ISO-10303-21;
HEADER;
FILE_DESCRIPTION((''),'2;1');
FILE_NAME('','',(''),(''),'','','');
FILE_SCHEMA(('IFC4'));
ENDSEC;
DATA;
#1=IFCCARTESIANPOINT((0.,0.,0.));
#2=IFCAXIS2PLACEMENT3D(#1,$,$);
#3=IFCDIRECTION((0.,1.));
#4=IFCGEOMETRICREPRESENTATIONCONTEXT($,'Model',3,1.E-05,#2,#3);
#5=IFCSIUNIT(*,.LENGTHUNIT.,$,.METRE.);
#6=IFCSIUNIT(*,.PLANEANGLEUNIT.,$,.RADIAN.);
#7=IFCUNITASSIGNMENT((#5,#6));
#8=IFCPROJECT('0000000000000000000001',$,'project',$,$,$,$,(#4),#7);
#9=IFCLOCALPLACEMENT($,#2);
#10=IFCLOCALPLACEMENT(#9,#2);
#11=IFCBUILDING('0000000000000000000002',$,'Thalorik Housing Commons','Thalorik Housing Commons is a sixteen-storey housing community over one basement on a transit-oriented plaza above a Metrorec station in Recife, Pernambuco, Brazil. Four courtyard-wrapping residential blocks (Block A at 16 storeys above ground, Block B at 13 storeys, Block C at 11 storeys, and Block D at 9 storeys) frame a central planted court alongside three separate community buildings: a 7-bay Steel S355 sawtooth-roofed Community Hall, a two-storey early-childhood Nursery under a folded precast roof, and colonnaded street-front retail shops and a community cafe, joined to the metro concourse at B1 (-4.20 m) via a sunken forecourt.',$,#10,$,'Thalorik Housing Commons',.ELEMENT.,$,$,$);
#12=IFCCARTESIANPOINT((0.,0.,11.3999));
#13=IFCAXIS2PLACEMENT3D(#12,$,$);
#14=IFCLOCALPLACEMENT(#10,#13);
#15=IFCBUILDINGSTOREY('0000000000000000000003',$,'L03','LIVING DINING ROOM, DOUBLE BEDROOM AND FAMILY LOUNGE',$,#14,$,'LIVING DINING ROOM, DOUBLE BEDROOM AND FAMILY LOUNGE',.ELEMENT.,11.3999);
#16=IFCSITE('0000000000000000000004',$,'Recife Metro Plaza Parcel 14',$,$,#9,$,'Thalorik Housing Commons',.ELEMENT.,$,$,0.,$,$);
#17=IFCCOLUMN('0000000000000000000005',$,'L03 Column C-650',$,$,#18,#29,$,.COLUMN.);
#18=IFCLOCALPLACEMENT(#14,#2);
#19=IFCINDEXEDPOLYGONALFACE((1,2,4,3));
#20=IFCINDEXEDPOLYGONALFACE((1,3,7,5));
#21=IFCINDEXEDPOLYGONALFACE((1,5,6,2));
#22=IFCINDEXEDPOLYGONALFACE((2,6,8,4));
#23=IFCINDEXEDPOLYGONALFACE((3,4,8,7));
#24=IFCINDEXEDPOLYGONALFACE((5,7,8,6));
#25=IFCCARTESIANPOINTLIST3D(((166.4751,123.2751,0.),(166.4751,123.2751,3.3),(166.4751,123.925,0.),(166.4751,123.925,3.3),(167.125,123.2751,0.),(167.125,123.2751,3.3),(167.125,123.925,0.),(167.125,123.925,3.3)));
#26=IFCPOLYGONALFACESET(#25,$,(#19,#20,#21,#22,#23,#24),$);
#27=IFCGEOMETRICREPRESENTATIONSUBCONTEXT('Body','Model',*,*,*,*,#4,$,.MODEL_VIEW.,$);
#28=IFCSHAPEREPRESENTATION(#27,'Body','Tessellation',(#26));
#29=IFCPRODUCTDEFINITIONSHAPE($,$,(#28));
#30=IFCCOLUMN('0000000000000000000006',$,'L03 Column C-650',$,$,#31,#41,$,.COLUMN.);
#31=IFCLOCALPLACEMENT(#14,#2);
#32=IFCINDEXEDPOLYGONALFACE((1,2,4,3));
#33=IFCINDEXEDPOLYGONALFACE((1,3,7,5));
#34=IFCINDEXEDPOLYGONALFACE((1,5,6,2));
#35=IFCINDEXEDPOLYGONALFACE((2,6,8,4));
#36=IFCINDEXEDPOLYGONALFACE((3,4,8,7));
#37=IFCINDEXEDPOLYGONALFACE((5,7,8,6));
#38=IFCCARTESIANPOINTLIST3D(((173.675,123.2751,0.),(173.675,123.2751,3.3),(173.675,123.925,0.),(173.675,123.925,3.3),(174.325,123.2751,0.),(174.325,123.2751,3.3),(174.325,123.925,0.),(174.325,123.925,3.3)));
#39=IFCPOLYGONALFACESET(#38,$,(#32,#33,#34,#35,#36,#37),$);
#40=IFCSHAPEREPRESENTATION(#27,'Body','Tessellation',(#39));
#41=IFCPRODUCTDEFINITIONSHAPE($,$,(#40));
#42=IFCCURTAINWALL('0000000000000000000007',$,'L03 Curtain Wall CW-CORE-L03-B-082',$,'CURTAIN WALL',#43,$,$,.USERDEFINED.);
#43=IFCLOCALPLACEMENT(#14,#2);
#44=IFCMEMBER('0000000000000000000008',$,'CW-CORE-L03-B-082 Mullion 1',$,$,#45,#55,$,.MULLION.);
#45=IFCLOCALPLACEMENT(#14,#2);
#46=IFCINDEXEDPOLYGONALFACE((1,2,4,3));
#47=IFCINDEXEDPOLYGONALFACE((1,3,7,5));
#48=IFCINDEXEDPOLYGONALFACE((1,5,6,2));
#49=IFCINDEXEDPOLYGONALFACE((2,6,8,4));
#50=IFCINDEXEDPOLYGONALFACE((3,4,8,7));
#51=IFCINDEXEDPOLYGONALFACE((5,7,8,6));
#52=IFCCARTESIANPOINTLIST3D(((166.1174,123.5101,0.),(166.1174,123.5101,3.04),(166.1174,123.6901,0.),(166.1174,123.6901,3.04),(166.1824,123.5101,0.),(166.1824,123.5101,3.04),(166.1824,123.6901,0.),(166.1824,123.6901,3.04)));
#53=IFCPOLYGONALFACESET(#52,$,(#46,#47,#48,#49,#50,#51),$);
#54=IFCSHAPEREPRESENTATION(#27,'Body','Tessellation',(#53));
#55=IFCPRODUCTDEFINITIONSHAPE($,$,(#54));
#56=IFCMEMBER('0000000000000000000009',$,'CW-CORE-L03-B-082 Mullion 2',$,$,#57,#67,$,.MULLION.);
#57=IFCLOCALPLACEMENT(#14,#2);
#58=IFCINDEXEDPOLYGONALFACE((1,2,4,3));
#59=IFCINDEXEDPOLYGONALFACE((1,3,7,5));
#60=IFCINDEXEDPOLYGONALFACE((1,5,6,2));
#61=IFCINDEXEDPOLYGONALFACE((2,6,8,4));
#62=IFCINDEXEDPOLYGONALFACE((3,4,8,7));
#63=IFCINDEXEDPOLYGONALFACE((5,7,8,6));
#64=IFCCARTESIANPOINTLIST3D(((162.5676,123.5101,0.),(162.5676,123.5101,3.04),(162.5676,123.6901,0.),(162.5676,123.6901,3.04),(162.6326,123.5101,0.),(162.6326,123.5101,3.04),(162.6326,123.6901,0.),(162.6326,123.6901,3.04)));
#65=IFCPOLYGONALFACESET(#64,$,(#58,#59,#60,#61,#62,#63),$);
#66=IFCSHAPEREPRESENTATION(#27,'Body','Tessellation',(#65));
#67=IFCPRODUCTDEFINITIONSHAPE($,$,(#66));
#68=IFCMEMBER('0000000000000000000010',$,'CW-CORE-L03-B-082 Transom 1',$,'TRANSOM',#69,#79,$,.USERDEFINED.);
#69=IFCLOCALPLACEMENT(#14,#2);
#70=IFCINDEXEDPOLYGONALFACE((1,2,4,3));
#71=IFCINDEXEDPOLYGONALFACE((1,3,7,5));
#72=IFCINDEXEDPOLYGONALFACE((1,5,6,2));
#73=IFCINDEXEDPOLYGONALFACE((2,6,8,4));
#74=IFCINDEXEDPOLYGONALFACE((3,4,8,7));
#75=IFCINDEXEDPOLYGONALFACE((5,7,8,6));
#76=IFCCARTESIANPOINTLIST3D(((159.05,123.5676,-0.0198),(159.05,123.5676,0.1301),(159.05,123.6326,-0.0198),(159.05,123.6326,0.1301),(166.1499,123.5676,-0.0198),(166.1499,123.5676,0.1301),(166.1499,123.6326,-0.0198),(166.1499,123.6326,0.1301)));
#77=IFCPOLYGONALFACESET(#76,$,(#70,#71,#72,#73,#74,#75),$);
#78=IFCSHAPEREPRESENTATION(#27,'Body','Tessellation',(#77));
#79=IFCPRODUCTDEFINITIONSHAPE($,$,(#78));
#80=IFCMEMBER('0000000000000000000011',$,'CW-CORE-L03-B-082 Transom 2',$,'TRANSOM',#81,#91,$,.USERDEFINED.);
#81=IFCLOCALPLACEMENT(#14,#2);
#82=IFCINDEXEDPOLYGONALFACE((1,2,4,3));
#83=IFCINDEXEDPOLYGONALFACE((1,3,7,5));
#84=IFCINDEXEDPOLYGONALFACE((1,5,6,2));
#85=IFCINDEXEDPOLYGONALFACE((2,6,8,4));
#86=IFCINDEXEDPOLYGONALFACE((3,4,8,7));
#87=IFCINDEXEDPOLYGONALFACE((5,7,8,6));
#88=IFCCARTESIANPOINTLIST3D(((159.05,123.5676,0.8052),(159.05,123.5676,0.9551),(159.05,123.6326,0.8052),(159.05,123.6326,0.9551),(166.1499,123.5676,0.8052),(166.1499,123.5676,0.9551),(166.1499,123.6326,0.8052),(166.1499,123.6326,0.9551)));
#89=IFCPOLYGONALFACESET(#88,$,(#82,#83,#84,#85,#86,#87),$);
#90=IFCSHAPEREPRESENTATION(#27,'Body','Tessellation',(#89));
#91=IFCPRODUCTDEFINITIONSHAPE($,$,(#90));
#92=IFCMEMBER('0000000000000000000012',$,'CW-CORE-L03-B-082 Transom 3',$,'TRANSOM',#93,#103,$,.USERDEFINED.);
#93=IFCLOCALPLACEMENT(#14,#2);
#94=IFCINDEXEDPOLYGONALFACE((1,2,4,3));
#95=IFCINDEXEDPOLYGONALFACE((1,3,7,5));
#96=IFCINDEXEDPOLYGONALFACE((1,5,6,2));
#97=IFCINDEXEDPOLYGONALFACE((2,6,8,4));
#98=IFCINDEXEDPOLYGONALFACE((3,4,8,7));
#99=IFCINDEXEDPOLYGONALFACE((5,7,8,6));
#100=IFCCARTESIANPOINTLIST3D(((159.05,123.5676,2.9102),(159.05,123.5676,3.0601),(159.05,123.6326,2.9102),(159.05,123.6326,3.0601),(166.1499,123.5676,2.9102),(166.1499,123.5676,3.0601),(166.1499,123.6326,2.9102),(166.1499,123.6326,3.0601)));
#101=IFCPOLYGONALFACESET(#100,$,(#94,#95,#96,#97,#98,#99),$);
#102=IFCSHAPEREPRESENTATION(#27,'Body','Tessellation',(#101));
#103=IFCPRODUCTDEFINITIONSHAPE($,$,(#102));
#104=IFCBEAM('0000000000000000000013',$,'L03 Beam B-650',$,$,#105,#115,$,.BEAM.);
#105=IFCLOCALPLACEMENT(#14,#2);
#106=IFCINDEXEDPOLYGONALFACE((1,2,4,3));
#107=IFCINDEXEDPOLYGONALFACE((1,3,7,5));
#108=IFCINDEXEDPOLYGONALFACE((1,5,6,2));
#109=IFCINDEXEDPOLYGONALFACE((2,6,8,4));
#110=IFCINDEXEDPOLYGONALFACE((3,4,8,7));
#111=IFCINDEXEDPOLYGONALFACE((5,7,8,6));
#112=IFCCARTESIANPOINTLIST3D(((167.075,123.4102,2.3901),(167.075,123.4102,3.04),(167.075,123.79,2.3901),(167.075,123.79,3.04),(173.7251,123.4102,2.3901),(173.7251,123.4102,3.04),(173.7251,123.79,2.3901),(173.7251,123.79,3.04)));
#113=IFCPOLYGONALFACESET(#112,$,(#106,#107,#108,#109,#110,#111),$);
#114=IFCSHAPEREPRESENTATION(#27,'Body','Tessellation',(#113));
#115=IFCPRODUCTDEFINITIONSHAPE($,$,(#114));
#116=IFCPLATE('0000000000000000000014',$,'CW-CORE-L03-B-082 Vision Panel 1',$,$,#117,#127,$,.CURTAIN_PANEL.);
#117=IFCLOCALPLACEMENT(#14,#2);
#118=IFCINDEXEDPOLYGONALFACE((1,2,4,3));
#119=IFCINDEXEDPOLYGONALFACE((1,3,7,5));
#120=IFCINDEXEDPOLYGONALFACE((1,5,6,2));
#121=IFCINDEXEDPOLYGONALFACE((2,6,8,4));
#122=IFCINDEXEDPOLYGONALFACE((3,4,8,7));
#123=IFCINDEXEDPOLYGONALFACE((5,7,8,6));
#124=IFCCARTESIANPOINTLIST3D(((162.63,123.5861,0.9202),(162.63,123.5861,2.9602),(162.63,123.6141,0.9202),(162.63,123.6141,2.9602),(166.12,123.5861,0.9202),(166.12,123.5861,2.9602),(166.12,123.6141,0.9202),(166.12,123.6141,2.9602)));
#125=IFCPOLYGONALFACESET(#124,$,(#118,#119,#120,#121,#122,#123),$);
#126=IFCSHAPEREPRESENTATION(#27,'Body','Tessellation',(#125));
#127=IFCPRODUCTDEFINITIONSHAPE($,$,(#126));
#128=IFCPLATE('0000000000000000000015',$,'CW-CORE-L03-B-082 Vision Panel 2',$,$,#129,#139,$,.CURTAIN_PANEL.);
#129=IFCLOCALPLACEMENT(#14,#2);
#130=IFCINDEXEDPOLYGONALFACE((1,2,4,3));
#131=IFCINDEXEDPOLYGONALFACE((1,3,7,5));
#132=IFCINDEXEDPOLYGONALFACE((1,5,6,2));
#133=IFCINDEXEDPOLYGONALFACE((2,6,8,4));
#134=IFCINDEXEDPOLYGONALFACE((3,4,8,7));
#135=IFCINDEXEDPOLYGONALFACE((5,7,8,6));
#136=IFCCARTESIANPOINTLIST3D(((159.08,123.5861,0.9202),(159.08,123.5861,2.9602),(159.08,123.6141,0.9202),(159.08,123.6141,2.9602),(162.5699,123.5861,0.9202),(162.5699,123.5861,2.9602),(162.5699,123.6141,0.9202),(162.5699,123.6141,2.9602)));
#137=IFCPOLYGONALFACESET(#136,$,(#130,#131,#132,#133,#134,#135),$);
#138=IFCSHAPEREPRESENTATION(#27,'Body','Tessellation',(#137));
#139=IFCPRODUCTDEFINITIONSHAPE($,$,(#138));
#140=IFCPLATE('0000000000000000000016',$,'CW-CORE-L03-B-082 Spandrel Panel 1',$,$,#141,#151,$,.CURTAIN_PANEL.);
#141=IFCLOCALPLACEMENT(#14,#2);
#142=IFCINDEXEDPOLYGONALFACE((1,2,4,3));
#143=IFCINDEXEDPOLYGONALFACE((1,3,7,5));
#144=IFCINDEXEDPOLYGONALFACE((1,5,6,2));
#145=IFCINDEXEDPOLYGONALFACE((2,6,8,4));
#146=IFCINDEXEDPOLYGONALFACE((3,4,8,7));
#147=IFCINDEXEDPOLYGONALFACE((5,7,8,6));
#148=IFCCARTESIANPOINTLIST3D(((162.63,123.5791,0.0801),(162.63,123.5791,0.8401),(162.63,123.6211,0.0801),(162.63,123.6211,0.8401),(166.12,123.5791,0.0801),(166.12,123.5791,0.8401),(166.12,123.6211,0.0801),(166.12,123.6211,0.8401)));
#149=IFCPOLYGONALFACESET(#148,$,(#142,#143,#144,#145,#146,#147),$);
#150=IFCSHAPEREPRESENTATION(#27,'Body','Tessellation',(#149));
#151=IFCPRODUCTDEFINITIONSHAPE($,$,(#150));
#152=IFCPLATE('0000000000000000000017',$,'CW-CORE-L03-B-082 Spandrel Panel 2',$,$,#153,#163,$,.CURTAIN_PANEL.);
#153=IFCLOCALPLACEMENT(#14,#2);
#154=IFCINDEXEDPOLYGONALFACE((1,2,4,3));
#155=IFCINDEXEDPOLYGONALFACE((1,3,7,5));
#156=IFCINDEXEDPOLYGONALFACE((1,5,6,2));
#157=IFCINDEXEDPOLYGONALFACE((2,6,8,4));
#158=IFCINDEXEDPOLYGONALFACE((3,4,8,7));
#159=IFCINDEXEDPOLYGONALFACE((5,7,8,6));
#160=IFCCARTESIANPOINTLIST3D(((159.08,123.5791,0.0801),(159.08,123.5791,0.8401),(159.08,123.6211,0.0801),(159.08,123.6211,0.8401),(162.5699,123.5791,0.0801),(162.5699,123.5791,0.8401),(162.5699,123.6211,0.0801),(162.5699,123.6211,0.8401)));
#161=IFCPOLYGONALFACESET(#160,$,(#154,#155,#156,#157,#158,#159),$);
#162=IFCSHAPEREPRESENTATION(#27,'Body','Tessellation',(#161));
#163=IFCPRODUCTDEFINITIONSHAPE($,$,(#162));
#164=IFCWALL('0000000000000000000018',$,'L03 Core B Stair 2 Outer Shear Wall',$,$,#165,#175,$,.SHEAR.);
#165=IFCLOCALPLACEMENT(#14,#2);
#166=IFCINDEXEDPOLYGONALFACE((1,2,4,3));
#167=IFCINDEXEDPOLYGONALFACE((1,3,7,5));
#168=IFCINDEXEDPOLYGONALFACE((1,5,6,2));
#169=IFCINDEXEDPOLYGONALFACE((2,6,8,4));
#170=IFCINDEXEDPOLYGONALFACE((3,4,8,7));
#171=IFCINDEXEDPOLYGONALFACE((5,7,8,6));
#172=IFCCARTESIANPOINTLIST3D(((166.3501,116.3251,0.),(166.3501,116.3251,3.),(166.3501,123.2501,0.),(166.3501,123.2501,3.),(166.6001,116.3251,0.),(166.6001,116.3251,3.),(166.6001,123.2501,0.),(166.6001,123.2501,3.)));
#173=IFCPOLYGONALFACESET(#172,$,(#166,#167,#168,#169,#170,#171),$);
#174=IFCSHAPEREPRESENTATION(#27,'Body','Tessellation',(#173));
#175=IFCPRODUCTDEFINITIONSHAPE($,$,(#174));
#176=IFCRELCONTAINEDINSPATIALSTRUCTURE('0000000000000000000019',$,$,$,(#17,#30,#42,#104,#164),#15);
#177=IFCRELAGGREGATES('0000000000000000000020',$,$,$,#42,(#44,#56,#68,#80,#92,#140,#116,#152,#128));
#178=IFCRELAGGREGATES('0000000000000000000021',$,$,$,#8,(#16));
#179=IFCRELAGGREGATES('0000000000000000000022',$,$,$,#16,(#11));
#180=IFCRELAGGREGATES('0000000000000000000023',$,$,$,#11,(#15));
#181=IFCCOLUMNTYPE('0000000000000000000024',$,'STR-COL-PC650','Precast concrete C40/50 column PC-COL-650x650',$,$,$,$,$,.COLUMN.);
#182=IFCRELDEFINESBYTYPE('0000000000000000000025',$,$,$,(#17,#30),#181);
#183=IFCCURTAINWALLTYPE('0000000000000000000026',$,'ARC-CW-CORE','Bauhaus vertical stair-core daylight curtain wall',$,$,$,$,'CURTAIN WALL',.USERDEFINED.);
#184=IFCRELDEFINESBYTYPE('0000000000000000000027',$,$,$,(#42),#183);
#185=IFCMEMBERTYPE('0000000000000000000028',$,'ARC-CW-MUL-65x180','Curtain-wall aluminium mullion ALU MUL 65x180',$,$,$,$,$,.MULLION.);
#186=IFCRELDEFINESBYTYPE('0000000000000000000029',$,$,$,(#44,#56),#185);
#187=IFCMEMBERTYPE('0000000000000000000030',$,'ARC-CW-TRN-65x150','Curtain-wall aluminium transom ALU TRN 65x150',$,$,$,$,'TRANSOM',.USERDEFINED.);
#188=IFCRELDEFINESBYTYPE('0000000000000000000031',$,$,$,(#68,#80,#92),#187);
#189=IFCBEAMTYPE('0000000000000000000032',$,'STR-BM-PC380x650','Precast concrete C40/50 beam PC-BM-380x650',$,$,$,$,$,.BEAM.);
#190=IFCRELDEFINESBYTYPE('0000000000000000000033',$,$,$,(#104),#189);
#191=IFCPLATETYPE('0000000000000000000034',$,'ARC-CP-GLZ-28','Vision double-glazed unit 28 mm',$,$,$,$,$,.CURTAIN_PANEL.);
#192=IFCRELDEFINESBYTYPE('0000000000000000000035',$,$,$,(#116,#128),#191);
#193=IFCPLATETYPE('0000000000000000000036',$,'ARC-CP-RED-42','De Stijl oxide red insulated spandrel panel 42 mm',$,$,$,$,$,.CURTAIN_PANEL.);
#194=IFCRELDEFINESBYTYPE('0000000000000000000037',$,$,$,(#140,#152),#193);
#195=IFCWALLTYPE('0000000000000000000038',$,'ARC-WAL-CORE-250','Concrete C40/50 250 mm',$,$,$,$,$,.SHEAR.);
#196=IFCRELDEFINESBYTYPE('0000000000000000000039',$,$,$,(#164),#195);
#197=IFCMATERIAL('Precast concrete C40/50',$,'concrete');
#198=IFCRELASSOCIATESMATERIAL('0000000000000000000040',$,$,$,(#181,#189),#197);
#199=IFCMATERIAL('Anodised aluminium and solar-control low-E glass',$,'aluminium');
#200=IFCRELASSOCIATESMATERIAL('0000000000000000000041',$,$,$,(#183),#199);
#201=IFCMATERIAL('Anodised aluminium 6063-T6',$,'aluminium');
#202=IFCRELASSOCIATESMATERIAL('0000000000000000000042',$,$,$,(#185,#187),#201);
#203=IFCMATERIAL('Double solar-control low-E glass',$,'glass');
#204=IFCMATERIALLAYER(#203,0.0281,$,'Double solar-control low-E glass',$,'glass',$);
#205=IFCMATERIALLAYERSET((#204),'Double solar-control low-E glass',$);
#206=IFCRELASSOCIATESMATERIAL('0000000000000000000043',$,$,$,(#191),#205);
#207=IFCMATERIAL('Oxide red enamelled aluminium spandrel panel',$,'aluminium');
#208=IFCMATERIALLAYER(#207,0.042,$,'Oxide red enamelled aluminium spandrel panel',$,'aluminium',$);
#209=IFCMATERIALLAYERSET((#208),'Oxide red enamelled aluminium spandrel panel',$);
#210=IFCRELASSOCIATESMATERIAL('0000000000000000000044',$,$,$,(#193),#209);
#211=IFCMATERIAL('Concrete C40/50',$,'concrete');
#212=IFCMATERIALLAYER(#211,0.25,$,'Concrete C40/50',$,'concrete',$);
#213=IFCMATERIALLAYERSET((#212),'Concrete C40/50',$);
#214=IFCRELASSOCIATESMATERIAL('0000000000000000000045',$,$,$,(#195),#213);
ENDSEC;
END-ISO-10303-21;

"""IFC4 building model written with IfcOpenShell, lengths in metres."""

from ifc_helpers import new_model, si_unit, direction, frame, frame_2d, origin, origin_2d, place, context, subcontext, project, spatial, rectangle, extrude, material, layer, layer_set, material_profile, profile_set, type_object, element, aggregate, save


model = new_model("IFC4")

# Units and contexts
model_context = context("Model", 3, precision=1e-05, world=origin(), true_north=direction((0.0, 1.0)))
body_context = subcontext(model_context, "Body", "Model", "MODEL_VIEW")
ifc_project = project(units=[si_unit("LENGTHUNIT", "METRE"), si_unit("PLANEANGLEUNIT", "RADIAN")], contexts=[model_context])

# Site, building, storey
site_placement = place(None, origin())
site = spatial("IfcSite", under=ifc_project, at=site_placement, Name="Recife Metro Plaza Parcel 14", LongName="Thalorik Housing Commons", CompositionType="ELEMENT", RefElevation=0.0)
building_placement = place(site_placement, origin())
building = spatial("IfcBuilding", under=site, at=building_placement, Name="Thalorik Housing Commons", Description="Thalorik Housing Commons is a sixteen-storey housing community over one basement on a transit-oriented plaza above a Metrorec station in Recife, Pernambuco, Brazil. Four courtyard-wrapping residential blocks (Block A at 16 storeys above ground, Block B at 13 storeys, Block C at 11 storeys, and Block D at 9 storeys) frame a central planted court alongside three separate community buildings: a 7-bay Steel S355 sawtooth-roofed Community Hall, a two-storey early-childhood Nursery under a folded precast roof, and colonnaded street-front retail shops and a community cafe, joined to the metro concourse at B1 (-4.20 m) via a sunken forecourt.", LongName="Thalorik Housing Commons", CompositionType="ELEMENT")
storey_placement = place(building_placement, frame((0.0, 0.0, 11.3999)))
storey = spatial("IfcBuildingStorey", under=building, at=storey_placement, Name="L03", Description="LIVING DINING ROOM, DOUBLE BEDROOM AND FAMILY LOUNGE", LongName="LIVING DINING ROOM, DOUBLE BEDROOM AND FAMILY LOUNGE", CompositionType="ELEMENT", Elevation=11.3999)

# Columns
ifc_material_1 = material(Name="Precast concrete C40/50", Category="concrete")
ifc_material_profile_1 = material_profile(ifc_material_1, rectangle(XDim=0.6499, YDim=0.6499, at=origin_2d()), Name="PC 650x650", Category="concrete")
ifc_profile_set_1 = profile_set([ifc_material_profile_1], Name="Precast concrete C40/50")
column_type = type_object("IfcColumnType", Name="STR-COL-PC650", Description="Precast concrete C40/50 column PC-COL-650x650", PredefinedType="COLUMN", material=ifc_profile_set_1)
for number, where, z_axis, x_axis, name in (
    (1, (166.8, 123.6001, 0.0), (0.0, 0.0, 1.0), (1.0, 0.0, 0.0), "L03 Column C-650"),
    (2, (174.0, 123.6001, 0.0), (0.0, 0.0, 1.0), (1.0, 0.0, 0.0), "L03 Column C-650"),
):
    element("IfcColumn", number, at=place(storey_placement, frame(where, z_axis=z_axis, x_axis=x_axis)), inside=storey, type_object=column_type, Name=name, PredefinedType="COLUMN", context=body_context, shape_type="SweptSolid", body=[
        extrude(rectangle(XDim=0.6499, YDim=0.6499, at=origin_2d()), origin(), (0.0, 0.0, 1.0), 3.3),
    ])

# Curtain wall, members
ifc_material_2 = material(Name="Anodised aluminium and solar-control low-E glass", Category="aluminium")
curtain_wall_type = type_object("IfcCurtainWallType", Name="ARC-CW-CORE", Description="Bauhaus vertical stair-core daylight curtain wall", ElementType="CURTAIN WALL", PredefinedType="USERDEFINED", material=ifc_material_2)
curtain_wall_placement = place(storey_placement, origin())
curtain_wall = element("IfcCurtainWall", 3, at=curtain_wall_placement, inside=storey, type_object=curtain_wall_type, Name="L03 Curtain Wall CW-CORE-L03-B-082", ObjectType="CURTAIN WALL", PredefinedType="USERDEFINED")
ifc_material_3 = material(Name="Anodised aluminium 6063-T6", Category="aluminium")
ifc_material_profile_2 = material_profile(ifc_material_3, rectangle(XDim=0.0649, YDim=0.1799, at=origin_2d()), Name="ALU MUL 65x180", Category="aluminium")
ifc_profile_set_2 = profile_set([ifc_material_profile_2], Name="Anodised aluminium 6063-T6")
member_type_1 = type_object("IfcMemberType", Name="ARC-CW-MUL-65x180", Description="Curtain-wall aluminium mullion ALU MUL 65x180", PredefinedType="MULLION", material=ifc_profile_set_2)
member_1_placement = place(storey_placement, frame((166.1499, 123.6001, 0.0), z_axis=(0.0, 0.0, 1.0), x_axis=(-1.0, 0.0, 0.0)))
member_1 = element("IfcMember", 4, at=member_1_placement, type_object=member_type_1, Name="CW-CORE-L03-B-082 Mullion 1", PredefinedType="MULLION", context=body_context, shape_type="SweptSolid", body=[
    extrude(rectangle(XDim=0.0649, YDim=0.1799, at=origin_2d()), origin(), (0.0, 0.0, 1.0), 3.04),
])
member_2_placement = place(storey_placement, frame((162.6001, 123.6001, 0.0), z_axis=(0.0, 0.0, 1.0), x_axis=(-1.0, 0.0, 0.0)))
member_2 = element("IfcMember", 5, at=member_2_placement, type_object=member_type_1, Name="CW-CORE-L03-B-082 Mullion 2", PredefinedType="MULLION", context=body_context, shape_type="SweptSolid", body=[
    extrude(rectangle(XDim=0.0649, YDim=0.1799, at=origin_2d()), origin(), (0.0, 0.0, 1.0), 3.04),
])
ifc_material_profile_3 = material_profile(ifc_material_3, rectangle(XDim=0.0649, YDim=0.1499, at=origin_2d()), Name="ALU TRN 65x150", Category="aluminium")
ifc_profile_set_3 = profile_set([ifc_material_profile_3], Name="Anodised aluminium 6063-T6")
member_type_2 = type_object("IfcMemberType", Name="ARC-CW-TRN-65x150", Description="Curtain-wall aluminium transom ALU TRN 65x150", ElementType="TRANSOM", PredefinedType="USERDEFINED", material=ifc_profile_set_3)
member_3_placement = place(storey_placement, frame((166.1499, 123.6001, 0.0552), z_axis=(-1.0, 0.0, 0.0), x_axis=(0.0, -1.0, 0.0)))
member_3 = element("IfcMember", 6, at=member_3_placement, type_object=member_type_2, Name="CW-CORE-L03-B-082 Transom 1", ObjectType="TRANSOM", PredefinedType="USERDEFINED", context=body_context, shape_type="SweptSolid", body=[
    extrude(rectangle(XDim=0.0649, YDim=0.1499, at=origin_2d()), origin(), (0.0, 0.0, 1.0), 7.0999),
])
member_4_placement = place(storey_placement, frame((166.1499, 123.6001, 0.8801), z_axis=(-1.0, 0.0, 0.0), x_axis=(0.0, -1.0, 0.0)))
member_4 = element("IfcMember", 7, at=member_4_placement, type_object=member_type_2, Name="CW-CORE-L03-B-082 Transom 2", ObjectType="TRANSOM", PredefinedType="USERDEFINED", context=body_context, shape_type="SweptSolid", body=[
    extrude(rectangle(XDim=0.0649, YDim=0.1499, at=origin_2d()), origin(), (0.0, 0.0, 1.0), 7.0999),
])
member_5_placement = place(storey_placement, frame((166.1499, 123.6001, 2.9851), z_axis=(-1.0, 0.0, 0.0), x_axis=(0.0, -1.0, 0.0)))
member_5 = element("IfcMember", 8, at=member_5_placement, type_object=member_type_2, Name="CW-CORE-L03-B-082 Transom 3", ObjectType="TRANSOM", PredefinedType="USERDEFINED", context=body_context, shape_type="SweptSolid", body=[
    extrude(rectangle(XDim=0.0649, YDim=0.1499, at=origin_2d()), origin(), (0.0, 0.0, 1.0), 7.0999),
])

# Beam
ifc_material_profile_4 = material_profile(ifc_material_1, rectangle(XDim=0.3799, YDim=0.6499, at=origin_2d()), Name="PC 380x650", Category="concrete")
ifc_profile_set_4 = profile_set([ifc_material_profile_4], Name="Precast concrete C40/50")
beam_type = type_object("IfcBeamType", Name="STR-BM-PC380x650", Description="Precast concrete C40/50 beam PC-BM-380x650", PredefinedType="BEAM", material=ifc_profile_set_4)
beam_placement = place(storey_placement, frame((167.075, 123.6001, 2.7151), z_axis=(1.0, 0.0, 0.0), x_axis=(0.0, 1.0, 0.0)))
element("IfcBeam", 9, at=beam_placement, inside=storey, type_object=beam_type, Name="L03 Beam B-650", PredefinedType="BEAM", context=body_context, shape_type="SweptSolid", body=[
    extrude(rectangle(XDim=0.3799, YDim=0.6499, at=origin_2d()), origin(), (0.0, 0.0, 1.0), 6.6501),
])

# Plates
ifc_material_4 = material(Name="Double solar-control low-E glass", Category="glass")
ifc_layer_1 = layer(ifc_material_4, 0.0281, Name="Double solar-control low-E glass", Category="glass")
ifc_layer_set_1 = layer_set([ifc_layer_1], Name="Double solar-control low-E glass")
plate_type_1 = type_object("IfcPlateType", Name="ARC-CP-GLZ-28", Description="Vision double-glazed unit 28 mm", PredefinedType="CURTAIN_PANEL", material=ifc_layer_set_1)
plate_1_placement = place(storey_placement, frame((164.375, 123.6001, 0.9202), z_axis=(0.0, 0.0, 1.0), x_axis=(-1.0, 0.0, 0.0)))
plate_1 = element("IfcPlate", 10, at=plate_1_placement, type_object=plate_type_1, Name="CW-CORE-L03-B-082 Vision Panel 1", PredefinedType="CURTAIN_PANEL", context=body_context, shape_type="SweptSolid", body=[
    extrude(rectangle(XDim=3.49, YDim=0.0281, at=origin_2d()), origin(), (0.0, 0.0, 1.0), 2.04),
])
plate_2_placement = place(storey_placement, frame((160.825, 123.6001, 0.9202), z_axis=(0.0, 0.0, 1.0), x_axis=(-1.0, 0.0, 0.0)))
plate_2 = element("IfcPlate", 11, at=plate_2_placement, type_object=plate_type_1, Name="CW-CORE-L03-B-082 Vision Panel 2", PredefinedType="CURTAIN_PANEL", context=body_context, shape_type="SweptSolid", body=[
    extrude(rectangle(XDim=3.49, YDim=0.0281, at=origin_2d()), origin(), (0.0, 0.0, 1.0), 2.04),
])
ifc_material_5 = material(Name="Oxide red enamelled aluminium spandrel panel", Category="aluminium")
ifc_layer_2 = layer(ifc_material_5, 0.042, Name="Oxide red enamelled aluminium spandrel panel", Category="aluminium")
ifc_layer_set_2 = layer_set([ifc_layer_2], Name="Oxide red enamelled aluminium spandrel panel")
plate_type_2 = type_object("IfcPlateType", Name="ARC-CP-RED-42", Description="De Stijl oxide red insulated spandrel panel 42 mm", PredefinedType="CURTAIN_PANEL", material=ifc_layer_set_2)
plate_3_placement = place(storey_placement, frame((164.375, 123.6001, 0.0801), z_axis=(0.0, 0.0, 1.0), x_axis=(-1.0, 0.0, 0.0)))
plate_3 = element("IfcPlate", 12, at=plate_3_placement, type_object=plate_type_2, Name="CW-CORE-L03-B-082 Spandrel Panel 1", PredefinedType="CURTAIN_PANEL", context=body_context, shape_type="SweptSolid", body=[
    extrude(rectangle(XDim=3.49, YDim=0.042, at=origin_2d()), origin(), (0.0, 0.0, 1.0), 0.76),
])
plate_4_placement = place(storey_placement, frame((160.825, 123.6001, 0.0801), z_axis=(0.0, 0.0, 1.0), x_axis=(-1.0, 0.0, 0.0)))
plate_4 = element("IfcPlate", 13, at=plate_4_placement, type_object=plate_type_2, Name="CW-CORE-L03-B-082 Spandrel Panel 2", PredefinedType="CURTAIN_PANEL", context=body_context, shape_type="SweptSolid", body=[
    extrude(rectangle(XDim=3.49, YDim=0.042, at=origin_2d()), origin(), (0.0, 0.0, 1.0), 0.76),
])
aggregate(curtain_wall, [member_1, member_2, member_3, member_4, member_5, plate_3, plate_1, plate_4, plate_2])

# Wall
ifc_material_6 = material(Name="Concrete C40/50", Category="concrete")
ifc_layer_3 = layer(ifc_material_6, 0.25, Name="Concrete C40/50", Category="concrete")
ifc_layer_set_3 = layer_set([ifc_layer_3], Name="Concrete C40/50")
wall_type_1 = type_object("IfcWallType", Name="ARC-WAL-CORE-250", Description="Concrete C40/50 250 mm", PredefinedType="SHEAR", material=ifc_layer_set_3)
wall_1_placement = place(storey_placement, frame((166.4751, 123.25, 0.0), z_axis=(0.0, 0.0, 1.0), x_axis=(0.0, -1.0, 0.0)))
element("IfcWall", 14, at=wall_1_placement, inside=storey, type_object=wall_type_1, Name="L03 Core B Stair 2 Outer Shear Wall", PredefinedType="SHEAR", context=body_context, shape_type="SweptSolid", body=[
    extrude(rectangle(XDim=6.925, YDim=0.25, at=frame_2d((3.4624, 0.0))), origin(), (0.0, 0.0, 1.0), 3.0),
])

save(model, "model.ifc")
